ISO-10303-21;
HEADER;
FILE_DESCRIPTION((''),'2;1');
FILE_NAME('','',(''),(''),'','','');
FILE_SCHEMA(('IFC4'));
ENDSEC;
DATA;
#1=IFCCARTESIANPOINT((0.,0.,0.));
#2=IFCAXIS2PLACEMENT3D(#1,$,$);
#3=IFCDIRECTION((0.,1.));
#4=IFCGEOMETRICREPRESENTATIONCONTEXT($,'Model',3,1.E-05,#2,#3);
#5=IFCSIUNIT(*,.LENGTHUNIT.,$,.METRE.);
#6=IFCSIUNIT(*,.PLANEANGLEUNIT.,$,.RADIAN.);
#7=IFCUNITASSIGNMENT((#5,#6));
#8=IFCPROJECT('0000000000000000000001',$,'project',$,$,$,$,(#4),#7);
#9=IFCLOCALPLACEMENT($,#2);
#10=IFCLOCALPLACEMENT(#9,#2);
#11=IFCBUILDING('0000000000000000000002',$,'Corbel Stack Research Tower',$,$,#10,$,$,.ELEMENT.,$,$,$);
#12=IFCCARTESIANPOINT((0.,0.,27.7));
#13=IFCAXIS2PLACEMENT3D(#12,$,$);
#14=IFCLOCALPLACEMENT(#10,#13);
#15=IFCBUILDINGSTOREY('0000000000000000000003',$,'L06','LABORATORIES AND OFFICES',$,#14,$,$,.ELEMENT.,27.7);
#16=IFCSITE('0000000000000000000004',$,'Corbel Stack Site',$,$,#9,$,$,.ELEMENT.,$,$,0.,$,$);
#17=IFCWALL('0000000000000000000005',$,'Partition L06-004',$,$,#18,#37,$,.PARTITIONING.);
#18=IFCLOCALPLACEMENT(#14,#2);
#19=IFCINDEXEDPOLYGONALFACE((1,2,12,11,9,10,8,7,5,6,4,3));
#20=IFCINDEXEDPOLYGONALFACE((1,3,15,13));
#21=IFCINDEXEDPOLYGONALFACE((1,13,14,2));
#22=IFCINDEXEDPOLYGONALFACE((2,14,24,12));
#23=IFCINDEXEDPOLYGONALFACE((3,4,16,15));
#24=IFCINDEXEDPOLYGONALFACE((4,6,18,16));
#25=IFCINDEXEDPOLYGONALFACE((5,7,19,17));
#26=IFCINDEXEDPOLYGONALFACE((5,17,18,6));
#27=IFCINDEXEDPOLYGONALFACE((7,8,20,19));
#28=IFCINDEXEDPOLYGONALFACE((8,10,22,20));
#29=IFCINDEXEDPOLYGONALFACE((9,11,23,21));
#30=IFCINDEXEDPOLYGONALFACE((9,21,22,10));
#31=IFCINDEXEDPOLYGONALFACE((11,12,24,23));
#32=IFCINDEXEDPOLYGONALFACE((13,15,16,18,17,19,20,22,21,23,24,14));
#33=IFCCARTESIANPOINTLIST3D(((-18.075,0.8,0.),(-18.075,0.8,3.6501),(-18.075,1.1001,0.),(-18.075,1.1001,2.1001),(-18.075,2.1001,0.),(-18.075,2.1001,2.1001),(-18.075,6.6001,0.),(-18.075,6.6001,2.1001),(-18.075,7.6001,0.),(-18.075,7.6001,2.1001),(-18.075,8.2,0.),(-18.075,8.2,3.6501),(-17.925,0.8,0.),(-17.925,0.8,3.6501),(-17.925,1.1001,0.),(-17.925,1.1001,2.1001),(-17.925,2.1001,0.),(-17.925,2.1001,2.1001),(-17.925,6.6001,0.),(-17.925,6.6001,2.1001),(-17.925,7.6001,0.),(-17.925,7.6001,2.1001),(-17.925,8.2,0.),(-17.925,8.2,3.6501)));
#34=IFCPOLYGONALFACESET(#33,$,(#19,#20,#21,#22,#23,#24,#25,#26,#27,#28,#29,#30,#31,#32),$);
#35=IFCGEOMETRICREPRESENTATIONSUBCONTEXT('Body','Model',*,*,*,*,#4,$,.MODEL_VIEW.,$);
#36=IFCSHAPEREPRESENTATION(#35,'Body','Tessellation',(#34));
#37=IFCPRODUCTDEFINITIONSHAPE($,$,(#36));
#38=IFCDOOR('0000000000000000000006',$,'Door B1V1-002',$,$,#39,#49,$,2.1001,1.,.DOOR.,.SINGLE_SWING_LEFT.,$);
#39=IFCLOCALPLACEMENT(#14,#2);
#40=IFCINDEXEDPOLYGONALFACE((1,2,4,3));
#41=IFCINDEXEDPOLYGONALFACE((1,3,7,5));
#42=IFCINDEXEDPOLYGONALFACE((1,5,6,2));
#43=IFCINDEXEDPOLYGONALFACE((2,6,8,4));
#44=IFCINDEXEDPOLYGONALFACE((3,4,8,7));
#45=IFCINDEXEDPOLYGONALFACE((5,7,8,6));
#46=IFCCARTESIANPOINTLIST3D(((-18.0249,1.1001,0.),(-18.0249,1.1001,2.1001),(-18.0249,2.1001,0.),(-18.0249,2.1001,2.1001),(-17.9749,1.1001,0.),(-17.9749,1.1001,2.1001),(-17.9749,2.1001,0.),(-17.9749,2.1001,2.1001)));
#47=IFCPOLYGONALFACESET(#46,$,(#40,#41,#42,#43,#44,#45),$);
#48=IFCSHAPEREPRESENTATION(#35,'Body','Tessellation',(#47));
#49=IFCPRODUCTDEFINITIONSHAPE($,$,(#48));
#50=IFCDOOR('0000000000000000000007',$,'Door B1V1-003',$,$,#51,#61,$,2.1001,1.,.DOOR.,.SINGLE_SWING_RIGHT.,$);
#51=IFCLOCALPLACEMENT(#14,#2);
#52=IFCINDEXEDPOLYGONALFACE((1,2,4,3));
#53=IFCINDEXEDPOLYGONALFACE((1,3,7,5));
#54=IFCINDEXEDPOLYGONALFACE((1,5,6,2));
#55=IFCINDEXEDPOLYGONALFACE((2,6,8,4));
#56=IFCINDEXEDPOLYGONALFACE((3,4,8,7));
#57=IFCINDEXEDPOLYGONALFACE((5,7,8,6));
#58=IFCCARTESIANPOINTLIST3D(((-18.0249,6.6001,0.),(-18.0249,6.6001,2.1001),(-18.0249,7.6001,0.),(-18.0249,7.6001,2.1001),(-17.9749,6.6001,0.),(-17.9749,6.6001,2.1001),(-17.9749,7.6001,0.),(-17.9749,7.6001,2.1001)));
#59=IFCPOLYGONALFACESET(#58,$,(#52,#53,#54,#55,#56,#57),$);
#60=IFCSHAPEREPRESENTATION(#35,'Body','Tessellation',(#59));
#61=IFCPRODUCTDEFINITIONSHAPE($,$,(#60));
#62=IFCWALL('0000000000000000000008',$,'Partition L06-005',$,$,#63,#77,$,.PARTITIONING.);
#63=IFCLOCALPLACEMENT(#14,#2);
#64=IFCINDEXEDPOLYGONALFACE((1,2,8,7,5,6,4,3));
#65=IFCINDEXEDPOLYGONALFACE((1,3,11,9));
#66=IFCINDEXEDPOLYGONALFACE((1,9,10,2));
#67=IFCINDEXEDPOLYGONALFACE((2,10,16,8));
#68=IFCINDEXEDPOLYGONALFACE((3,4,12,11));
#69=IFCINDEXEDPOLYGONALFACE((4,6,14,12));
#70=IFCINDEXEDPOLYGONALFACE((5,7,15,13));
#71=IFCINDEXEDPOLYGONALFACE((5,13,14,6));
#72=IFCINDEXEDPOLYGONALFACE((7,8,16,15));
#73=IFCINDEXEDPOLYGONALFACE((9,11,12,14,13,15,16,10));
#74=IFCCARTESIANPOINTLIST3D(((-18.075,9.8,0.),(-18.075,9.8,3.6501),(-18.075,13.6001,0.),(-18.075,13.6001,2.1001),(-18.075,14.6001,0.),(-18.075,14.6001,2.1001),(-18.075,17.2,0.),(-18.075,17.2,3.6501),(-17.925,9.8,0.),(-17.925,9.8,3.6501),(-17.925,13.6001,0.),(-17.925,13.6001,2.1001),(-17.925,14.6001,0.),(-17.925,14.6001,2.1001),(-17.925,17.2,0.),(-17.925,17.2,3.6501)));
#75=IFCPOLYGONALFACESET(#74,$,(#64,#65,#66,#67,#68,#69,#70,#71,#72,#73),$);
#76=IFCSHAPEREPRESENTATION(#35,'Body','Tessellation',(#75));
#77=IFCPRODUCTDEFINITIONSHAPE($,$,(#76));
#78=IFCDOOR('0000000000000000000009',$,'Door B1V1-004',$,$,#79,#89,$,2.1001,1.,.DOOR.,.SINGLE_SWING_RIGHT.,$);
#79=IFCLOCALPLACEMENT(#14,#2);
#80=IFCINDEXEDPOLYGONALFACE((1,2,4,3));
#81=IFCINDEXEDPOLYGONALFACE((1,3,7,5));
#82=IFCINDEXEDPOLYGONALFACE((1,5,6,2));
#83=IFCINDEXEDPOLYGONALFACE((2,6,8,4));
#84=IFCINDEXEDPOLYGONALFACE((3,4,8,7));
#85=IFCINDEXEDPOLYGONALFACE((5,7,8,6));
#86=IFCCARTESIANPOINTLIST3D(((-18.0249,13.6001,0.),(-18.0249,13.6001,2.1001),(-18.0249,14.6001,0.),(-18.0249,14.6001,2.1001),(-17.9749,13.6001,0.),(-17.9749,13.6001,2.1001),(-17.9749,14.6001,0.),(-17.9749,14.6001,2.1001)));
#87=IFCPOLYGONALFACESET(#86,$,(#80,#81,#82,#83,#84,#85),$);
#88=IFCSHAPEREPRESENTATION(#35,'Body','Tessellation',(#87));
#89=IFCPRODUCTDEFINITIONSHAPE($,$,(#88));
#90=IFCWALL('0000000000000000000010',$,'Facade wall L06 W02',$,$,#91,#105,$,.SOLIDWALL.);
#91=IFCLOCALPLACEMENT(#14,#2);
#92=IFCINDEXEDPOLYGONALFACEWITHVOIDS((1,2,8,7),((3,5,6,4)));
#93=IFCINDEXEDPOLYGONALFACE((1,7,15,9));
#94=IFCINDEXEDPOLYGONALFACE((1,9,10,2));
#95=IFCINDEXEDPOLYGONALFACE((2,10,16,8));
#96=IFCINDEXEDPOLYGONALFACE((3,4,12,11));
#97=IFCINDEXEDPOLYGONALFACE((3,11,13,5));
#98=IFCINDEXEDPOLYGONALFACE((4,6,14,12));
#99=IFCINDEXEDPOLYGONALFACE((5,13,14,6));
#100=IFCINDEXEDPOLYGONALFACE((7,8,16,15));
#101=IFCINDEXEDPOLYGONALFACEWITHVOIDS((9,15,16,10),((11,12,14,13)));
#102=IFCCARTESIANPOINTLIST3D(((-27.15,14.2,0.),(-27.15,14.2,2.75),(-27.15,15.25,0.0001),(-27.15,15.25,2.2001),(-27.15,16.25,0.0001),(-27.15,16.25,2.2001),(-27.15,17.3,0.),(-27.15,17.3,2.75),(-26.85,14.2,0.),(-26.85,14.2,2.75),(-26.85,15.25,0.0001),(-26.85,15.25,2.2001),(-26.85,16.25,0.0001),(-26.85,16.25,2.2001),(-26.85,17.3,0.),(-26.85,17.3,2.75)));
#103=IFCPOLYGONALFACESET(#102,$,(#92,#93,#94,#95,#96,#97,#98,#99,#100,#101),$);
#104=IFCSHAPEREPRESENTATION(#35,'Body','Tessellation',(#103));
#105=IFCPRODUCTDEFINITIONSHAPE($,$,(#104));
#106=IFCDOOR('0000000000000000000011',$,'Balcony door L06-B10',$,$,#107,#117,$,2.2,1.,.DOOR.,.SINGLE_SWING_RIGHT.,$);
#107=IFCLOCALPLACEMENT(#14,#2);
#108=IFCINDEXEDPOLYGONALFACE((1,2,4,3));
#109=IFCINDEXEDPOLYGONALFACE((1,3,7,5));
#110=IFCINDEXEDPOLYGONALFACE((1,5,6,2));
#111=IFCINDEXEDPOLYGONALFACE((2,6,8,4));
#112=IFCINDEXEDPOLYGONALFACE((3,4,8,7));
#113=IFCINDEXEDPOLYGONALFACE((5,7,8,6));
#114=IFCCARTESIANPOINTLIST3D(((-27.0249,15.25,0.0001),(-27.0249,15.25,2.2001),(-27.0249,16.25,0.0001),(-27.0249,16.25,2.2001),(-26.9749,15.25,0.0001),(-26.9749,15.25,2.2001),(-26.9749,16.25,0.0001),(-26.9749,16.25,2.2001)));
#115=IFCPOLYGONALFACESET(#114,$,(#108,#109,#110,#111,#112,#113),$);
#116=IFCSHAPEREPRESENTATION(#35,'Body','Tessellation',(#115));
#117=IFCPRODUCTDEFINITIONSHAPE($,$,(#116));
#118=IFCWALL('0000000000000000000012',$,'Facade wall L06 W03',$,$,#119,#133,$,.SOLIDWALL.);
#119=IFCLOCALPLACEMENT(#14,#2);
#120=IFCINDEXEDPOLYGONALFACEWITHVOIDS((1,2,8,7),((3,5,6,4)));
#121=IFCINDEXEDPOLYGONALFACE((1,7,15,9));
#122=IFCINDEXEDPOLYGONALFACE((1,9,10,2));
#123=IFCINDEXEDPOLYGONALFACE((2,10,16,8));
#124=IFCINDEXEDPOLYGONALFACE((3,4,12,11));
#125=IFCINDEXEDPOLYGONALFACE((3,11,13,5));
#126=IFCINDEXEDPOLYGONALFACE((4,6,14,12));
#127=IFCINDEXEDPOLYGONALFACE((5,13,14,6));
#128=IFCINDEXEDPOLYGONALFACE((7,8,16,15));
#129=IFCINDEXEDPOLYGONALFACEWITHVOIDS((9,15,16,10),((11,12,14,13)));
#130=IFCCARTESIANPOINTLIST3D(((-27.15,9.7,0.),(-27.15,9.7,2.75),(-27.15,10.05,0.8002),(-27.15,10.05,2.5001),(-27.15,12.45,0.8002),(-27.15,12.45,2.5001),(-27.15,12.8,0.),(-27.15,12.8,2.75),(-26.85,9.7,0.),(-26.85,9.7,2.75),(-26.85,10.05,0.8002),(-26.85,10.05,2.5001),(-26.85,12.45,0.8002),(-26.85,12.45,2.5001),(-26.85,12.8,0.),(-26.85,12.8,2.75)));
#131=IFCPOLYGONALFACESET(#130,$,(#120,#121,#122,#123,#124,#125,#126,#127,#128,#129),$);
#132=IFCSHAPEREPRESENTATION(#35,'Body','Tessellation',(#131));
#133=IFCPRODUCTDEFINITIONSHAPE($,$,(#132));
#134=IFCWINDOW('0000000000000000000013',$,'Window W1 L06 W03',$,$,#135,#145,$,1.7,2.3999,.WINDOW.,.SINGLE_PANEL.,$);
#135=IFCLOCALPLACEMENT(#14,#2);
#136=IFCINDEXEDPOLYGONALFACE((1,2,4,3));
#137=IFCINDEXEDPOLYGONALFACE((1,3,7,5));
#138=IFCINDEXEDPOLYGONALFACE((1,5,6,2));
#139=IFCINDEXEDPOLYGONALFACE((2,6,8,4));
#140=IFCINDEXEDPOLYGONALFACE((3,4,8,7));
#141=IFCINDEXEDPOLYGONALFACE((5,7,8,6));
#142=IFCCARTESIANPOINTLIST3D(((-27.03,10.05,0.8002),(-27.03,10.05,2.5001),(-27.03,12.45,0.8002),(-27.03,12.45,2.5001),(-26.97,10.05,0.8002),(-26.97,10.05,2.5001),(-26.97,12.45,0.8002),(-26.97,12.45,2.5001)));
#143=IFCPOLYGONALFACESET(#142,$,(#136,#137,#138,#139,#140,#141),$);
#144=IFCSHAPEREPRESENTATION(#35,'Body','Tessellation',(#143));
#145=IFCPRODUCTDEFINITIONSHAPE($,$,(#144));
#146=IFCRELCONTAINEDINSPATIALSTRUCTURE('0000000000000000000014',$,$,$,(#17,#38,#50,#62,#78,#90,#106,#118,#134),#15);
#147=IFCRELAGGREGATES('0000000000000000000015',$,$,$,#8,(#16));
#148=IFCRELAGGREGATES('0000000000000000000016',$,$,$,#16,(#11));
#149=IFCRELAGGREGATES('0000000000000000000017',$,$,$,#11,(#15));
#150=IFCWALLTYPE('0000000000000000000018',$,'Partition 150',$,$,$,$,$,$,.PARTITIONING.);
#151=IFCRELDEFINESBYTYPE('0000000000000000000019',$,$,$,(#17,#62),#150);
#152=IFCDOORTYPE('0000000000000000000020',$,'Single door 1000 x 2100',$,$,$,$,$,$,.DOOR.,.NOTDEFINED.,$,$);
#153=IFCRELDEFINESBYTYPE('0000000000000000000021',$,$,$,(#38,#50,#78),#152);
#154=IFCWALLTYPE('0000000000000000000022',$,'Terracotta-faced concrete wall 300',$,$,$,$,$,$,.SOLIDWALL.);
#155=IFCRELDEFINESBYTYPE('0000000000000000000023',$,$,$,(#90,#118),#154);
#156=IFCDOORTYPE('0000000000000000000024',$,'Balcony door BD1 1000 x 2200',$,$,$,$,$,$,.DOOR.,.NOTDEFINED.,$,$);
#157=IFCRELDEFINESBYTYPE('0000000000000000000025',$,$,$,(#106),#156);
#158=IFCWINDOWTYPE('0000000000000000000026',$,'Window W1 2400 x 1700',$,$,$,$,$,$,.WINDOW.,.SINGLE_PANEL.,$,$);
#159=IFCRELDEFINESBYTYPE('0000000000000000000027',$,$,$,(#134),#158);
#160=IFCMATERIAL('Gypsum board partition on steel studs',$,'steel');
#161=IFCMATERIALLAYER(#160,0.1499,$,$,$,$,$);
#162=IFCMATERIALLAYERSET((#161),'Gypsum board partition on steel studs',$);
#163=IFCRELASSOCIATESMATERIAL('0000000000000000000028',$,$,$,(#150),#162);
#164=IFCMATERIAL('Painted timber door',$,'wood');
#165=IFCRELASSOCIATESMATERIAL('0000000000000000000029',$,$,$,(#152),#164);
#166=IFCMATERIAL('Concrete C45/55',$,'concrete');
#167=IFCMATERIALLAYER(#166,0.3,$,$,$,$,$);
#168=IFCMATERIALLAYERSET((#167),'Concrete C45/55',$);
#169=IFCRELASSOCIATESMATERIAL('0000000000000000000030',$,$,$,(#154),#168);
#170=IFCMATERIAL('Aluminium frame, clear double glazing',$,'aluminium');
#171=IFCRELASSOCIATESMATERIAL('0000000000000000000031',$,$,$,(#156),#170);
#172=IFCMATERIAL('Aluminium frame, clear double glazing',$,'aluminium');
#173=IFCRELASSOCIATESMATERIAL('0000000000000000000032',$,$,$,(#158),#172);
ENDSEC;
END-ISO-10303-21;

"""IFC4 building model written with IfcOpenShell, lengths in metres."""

from ifc_helpers import new_model, si_unit, direction, frame, frame_2d, origin, place, context, subcontext, project, spatial, rectangle, extrude, material, layer, layer_set, type_object, element, fill, save


model = new_model("IFC4")

# Units and contexts
model_context = context("Model", 3, precision=1e-05, world=origin(), true_north=direction((0.0, 1.0)))
body_context = subcontext(model_context, "Body", "Model", "MODEL_VIEW")
ifc_project = project(units=[si_unit("LENGTHUNIT", "METRE"), si_unit("PLANEANGLEUNIT", "RADIAN")], contexts=[model_context])

# Site, building, storey
site_placement = place(None, origin())
site = spatial("IfcSite", under=ifc_project, at=site_placement, Name="Corbel Stack Site", CompositionType="ELEMENT", RefElevation=0.0)
building_placement = place(site_placement, origin())
building = spatial("IfcBuilding", under=site, at=building_placement, Name="Corbel Stack Research Tower", CompositionType="ELEMENT")
storey_placement = place(building_placement, frame((0.0, 0.0, 27.7)))
storey = spatial("IfcBuildingStorey", under=building, at=storey_placement, Name="L06", Description="LABORATORIES AND OFFICES", CompositionType="ELEMENT", Elevation=27.7)

# Wall, openings, doors
ifc_material_1 = material(Name="Gypsum board partition on steel studs", Category="steel")
ifc_layer_1 = layer(ifc_material_1, 0.1499)
ifc_layer_set_1 = layer_set([ifc_layer_1], Name="Gypsum board partition on steel studs")
wall_type_1 = type_object("IfcWallType", Name="Partition 150", PredefinedType="PARTITIONING", material=ifc_layer_set_1)
wall_1_placement = place(storey_placement, frame((-18.0, 0.8, 0.0), z_axis=(0.0, 0.0, 1.0), x_axis=(0.0, 1.0, 0.0)))
wall_1 = element("IfcWall", 1, at=wall_1_placement, inside=storey, type_object=wall_type_1, Name="Partition L06-004", PredefinedType="PARTITIONING", context=body_context, shape_type="SweptSolid", body=[
    extrude(rectangle(XDim=7.3999, YDim=0.1499, at=frame_2d((3.7, 0.0))), origin(), (0.0, 0.0, 1.0), 3.6501),
])
opening_1_placement = place(wall_1_placement, frame((0.3, 0.0, 0.0)))
opening_1 = element("IfcOpeningElement", 2, at=opening_1_placement, cuts=wall_1, PredefinedType="OPENING", context=body_context, shape_type="SweptSolid", body=[
    extrude(rectangle(XDim=1.0, YDim=2.1001, at=frame_2d((0.5, 1.05))), frame((0.0, 0.085, 0.0), z_axis=(0.0, -1.0, 0.0), x_axis=(1.0, 0.0, 0.0)), (0.0, 0.0, 1.0), 0.1699),
])
opening_2_placement = place(wall_1_placement, frame((5.8, 0.0, 0.0)))
opening_2 = element("IfcOpeningElement", 3, at=opening_2_placement, cuts=wall_1, PredefinedType="OPENING", context=body_context, shape_type="SweptSolid", body=[
    extrude(rectangle(XDim=1.0, YDim=2.1001, at=frame_2d((0.5, 1.05))), frame((0.0, 0.085, 0.0), z_axis=(0.0, -1.0, 0.0), x_axis=(1.0, 0.0, 0.0)), (0.0, 0.0, 1.0), 0.1699),
])
ifc_material_2 = material(Name="Painted timber door", Category="wood")
door_type_1 = type_object("IfcDoorType", Name="Single door 1000 x 2100", OperationType="NOTDEFINED", PredefinedType="DOOR", material=ifc_material_2)
door_1_placement = place(opening_1_placement, origin())
door_1 = element("IfcDoor", 4, at=door_1_placement, inside=storey, type_object=door_type_1, Name="Door B1V1-002", OperationType="SINGLE_SWING_LEFT", OverallHeight=2.1001, OverallWidth=1.0, PredefinedType="DOOR", context=body_context, shape_type="SweptSolid", body=[
    extrude(rectangle(XDim=1.0, YDim=2.1001, at=frame_2d((0.5, 1.05))), frame((0.0, 0.0249, 0.0), z_axis=(0.0, -1.0, 0.0), x_axis=(1.0, 0.0, 0.0)), (0.0, 0.0, 1.0), 0.05),
])
fill(opening_1, door_1)
door_2_placement = place(opening_2_placement, origin())
door_2 = element("IfcDoor", 5, at=door_2_placement, inside=storey, type_object=door_type_1, Name="Door B1V1-003", OperationType="SINGLE_SWING_RIGHT", OverallHeight=2.1001, OverallWidth=1.0, PredefinedType="DOOR", context=body_context, shape_type="SweptSolid", body=[
    extrude(rectangle(XDim=1.0, YDim=2.1001, at=frame_2d((0.5, 1.05))), frame((0.0, 0.0249, 0.0), z_axis=(0.0, -1.0, 0.0), x_axis=(1.0, 0.0, 0.0)), (0.0, 0.0, 1.0), 0.05),
])
fill(opening_2, door_2)

# Walls, openings, doors
wall_2_placement = place(storey_placement, frame((-18.0, 9.8, 0.0), z_axis=(0.0, 0.0, 1.0), x_axis=(0.0, 1.0, 0.0)))
wall_2 = element("IfcWall", 6, at=wall_2_placement, inside=storey, type_object=wall_type_1, Name="Partition L06-005", PredefinedType="PARTITIONING", context=body_context, shape_type="SweptSolid", body=[
    extrude(rectangle(XDim=7.3999, YDim=0.1499, at=frame_2d((3.7, 0.0))), origin(), (0.0, 0.0, 1.0), 3.6501),
])
opening_3_placement = place(wall_2_placement, frame((3.8, 0.0, 0.0)))
opening_3 = element("IfcOpeningElement", 7, at=opening_3_placement, cuts=wall_2, PredefinedType="OPENING", context=body_context, shape_type="SweptSolid", body=[
    extrude(rectangle(XDim=1.0, YDim=2.1001, at=frame_2d((0.5, 1.05))), frame((0.0, 0.085, 0.0), z_axis=(0.0, -1.0, 0.0), x_axis=(1.0, 0.0, 0.0)), (0.0, 0.0, 1.0), 0.1699),
])
door_3_placement = place(opening_3_placement, origin())
door_3 = element("IfcDoor", 8, at=door_3_placement, inside=storey, type_object=door_type_1, Name="Door B1V1-004", OperationType="SINGLE_SWING_RIGHT", OverallHeight=2.1001, OverallWidth=1.0, PredefinedType="DOOR", context=body_context, shape_type="SweptSolid", body=[
    extrude(rectangle(XDim=1.0, YDim=2.1001, at=frame_2d((0.5, 1.05))), frame((0.0, 0.0249, 0.0), z_axis=(0.0, -1.0, 0.0), x_axis=(1.0, 0.0, 0.0)), (0.0, 0.0, 1.0), 0.05),
])
fill(opening_3, door_3)
ifc_material_3 = material(Name="Concrete C45/55", Category="concrete")
ifc_layer_2 = layer(ifc_material_3, 0.3)
ifc_layer_set_2 = layer_set([ifc_layer_2], Name="Concrete C45/55")
wall_type_2 = type_object("IfcWallType", Name="Terracotta-faced concrete wall 300", PredefinedType="SOLIDWALL", material=ifc_layer_set_2)
wall_3_placement = place(storey_placement, frame((-27.0, 14.2, 0.0), z_axis=(0.0, 0.0, 1.0), x_axis=(0.0, 1.0, 0.0)))
wall_3 = element("IfcWall", 9, at=wall_3_placement, inside=storey, type_object=wall_type_2, Name="Facade wall L06 W02", PredefinedType="SOLIDWALL", context=body_context, shape_type="SweptSolid", body=[
    extrude(rectangle(XDim=3.1001, YDim=0.3, at=frame_2d((1.55, 0.0))), origin(), (0.0, 0.0, 1.0), 2.75),
])
opening_4_placement = place(wall_3_placement, frame((1.05, 0.0, 0.0)))
opening_4 = element("IfcOpeningElement", 10, at=opening_4_placement, cuts=wall_3, PredefinedType="OPENING", context=body_context, shape_type="SweptSolid", body=[
    extrude(rectangle(XDim=1.0, YDim=2.2, at=frame_2d((0.5, 1.1001))), frame((0.0, 0.1599, 0.0), z_axis=(0.0, -1.0, 0.0), x_axis=(1.0, 0.0, 0.0)), (0.0, 0.0, 1.0), 0.3201),
])
ifc_material_4 = material(Name="Aluminium frame, clear double glazing", Category="aluminium")
door_type_2 = type_object("IfcDoorType", Name="Balcony door BD1 1000 x 2200", OperationType="NOTDEFINED", PredefinedType="DOOR", material=ifc_material_4)
door_4_placement = place(opening_4_placement, origin())
door_4 = element("IfcDoor", 11, at=door_4_placement, inside=storey, type_object=door_type_2, Name="Balcony door L06-B10", OperationType="SINGLE_SWING_RIGHT", OverallHeight=2.2, OverallWidth=1.0, PredefinedType="DOOR", context=body_context, shape_type="SweptSolid", body=[
    extrude(rectangle(XDim=1.0, YDim=2.2, at=frame_2d((0.5, 1.1001))), frame((0.0, 0.0249, 0.0), z_axis=(0.0, -1.0, 0.0), x_axis=(1.0, 0.0, 0.0)), (0.0, 0.0, 1.0), 0.05),
])
fill(opening_4, door_4)

# Wall, opening, window
wall_4_placement = place(storey_placement, frame((-27.0, 9.7, 0.0), z_axis=(0.0, 0.0, 1.0), x_axis=(0.0, 1.0, 0.0)))
wall_4 = element("IfcWall", 12, at=wall_4_placement, inside=storey, type_object=wall_type_2, Name="Facade wall L06 W03", PredefinedType="SOLIDWALL", context=body_context, shape_type="SweptSolid", body=[
    extrude(rectangle(XDim=3.1001, YDim=0.3, at=frame_2d((1.55, 0.0))), origin(), (0.0, 0.0, 1.0), 2.75),
])
opening_5_placement = place(wall_4_placement, frame((0.3501, 0.0, 0.8)))
opening_5 = element("IfcOpeningElement", 13, at=opening_5_placement, cuts=wall_4, PredefinedType="OPENING", context=body_context, shape_type="SweptSolid", body=[
    extrude(rectangle(XDim=2.3999, YDim=1.7, at=frame_2d((1.2, 0.8501))), frame((0.0, 0.1599, 0.0), z_axis=(0.0, -1.0, 0.0), x_axis=(1.0, 0.0, 0.0)), (0.0, 0.0, 1.0), 0.3201),
])
ifc_material_5 = material(Name="Aluminium frame, clear double glazing", Category="aluminium")
window_type = type_object("IfcWindowType", Name="Window W1 2400 x 1700", PartitioningType="SINGLE_PANEL", PredefinedType="WINDOW", material=ifc_material_5)
window_1_placement = place(opening_5_placement, origin())
window_1 = element("IfcWindow", 14, at=window_1_placement, inside=storey, type_object=window_type, Name="Window W1 L06 W03", OverallHeight=1.7, OverallWidth=2.3999, PartitioningType="SINGLE_PANEL", PredefinedType="WINDOW", context=body_context, shape_type="SweptSolid", body=[
    extrude(rectangle(XDim=2.3999, YDim=1.7, at=frame_2d((1.2, 0.8501))), frame((0.0, 0.03, 0.0), z_axis=(0.0, -1.0, 0.0), x_axis=(1.0, 0.0, 0.0)), (0.0, 0.0, 1.0), 0.0601),
])
fill(opening_5, window_1)

save(model, "model.ifc")
